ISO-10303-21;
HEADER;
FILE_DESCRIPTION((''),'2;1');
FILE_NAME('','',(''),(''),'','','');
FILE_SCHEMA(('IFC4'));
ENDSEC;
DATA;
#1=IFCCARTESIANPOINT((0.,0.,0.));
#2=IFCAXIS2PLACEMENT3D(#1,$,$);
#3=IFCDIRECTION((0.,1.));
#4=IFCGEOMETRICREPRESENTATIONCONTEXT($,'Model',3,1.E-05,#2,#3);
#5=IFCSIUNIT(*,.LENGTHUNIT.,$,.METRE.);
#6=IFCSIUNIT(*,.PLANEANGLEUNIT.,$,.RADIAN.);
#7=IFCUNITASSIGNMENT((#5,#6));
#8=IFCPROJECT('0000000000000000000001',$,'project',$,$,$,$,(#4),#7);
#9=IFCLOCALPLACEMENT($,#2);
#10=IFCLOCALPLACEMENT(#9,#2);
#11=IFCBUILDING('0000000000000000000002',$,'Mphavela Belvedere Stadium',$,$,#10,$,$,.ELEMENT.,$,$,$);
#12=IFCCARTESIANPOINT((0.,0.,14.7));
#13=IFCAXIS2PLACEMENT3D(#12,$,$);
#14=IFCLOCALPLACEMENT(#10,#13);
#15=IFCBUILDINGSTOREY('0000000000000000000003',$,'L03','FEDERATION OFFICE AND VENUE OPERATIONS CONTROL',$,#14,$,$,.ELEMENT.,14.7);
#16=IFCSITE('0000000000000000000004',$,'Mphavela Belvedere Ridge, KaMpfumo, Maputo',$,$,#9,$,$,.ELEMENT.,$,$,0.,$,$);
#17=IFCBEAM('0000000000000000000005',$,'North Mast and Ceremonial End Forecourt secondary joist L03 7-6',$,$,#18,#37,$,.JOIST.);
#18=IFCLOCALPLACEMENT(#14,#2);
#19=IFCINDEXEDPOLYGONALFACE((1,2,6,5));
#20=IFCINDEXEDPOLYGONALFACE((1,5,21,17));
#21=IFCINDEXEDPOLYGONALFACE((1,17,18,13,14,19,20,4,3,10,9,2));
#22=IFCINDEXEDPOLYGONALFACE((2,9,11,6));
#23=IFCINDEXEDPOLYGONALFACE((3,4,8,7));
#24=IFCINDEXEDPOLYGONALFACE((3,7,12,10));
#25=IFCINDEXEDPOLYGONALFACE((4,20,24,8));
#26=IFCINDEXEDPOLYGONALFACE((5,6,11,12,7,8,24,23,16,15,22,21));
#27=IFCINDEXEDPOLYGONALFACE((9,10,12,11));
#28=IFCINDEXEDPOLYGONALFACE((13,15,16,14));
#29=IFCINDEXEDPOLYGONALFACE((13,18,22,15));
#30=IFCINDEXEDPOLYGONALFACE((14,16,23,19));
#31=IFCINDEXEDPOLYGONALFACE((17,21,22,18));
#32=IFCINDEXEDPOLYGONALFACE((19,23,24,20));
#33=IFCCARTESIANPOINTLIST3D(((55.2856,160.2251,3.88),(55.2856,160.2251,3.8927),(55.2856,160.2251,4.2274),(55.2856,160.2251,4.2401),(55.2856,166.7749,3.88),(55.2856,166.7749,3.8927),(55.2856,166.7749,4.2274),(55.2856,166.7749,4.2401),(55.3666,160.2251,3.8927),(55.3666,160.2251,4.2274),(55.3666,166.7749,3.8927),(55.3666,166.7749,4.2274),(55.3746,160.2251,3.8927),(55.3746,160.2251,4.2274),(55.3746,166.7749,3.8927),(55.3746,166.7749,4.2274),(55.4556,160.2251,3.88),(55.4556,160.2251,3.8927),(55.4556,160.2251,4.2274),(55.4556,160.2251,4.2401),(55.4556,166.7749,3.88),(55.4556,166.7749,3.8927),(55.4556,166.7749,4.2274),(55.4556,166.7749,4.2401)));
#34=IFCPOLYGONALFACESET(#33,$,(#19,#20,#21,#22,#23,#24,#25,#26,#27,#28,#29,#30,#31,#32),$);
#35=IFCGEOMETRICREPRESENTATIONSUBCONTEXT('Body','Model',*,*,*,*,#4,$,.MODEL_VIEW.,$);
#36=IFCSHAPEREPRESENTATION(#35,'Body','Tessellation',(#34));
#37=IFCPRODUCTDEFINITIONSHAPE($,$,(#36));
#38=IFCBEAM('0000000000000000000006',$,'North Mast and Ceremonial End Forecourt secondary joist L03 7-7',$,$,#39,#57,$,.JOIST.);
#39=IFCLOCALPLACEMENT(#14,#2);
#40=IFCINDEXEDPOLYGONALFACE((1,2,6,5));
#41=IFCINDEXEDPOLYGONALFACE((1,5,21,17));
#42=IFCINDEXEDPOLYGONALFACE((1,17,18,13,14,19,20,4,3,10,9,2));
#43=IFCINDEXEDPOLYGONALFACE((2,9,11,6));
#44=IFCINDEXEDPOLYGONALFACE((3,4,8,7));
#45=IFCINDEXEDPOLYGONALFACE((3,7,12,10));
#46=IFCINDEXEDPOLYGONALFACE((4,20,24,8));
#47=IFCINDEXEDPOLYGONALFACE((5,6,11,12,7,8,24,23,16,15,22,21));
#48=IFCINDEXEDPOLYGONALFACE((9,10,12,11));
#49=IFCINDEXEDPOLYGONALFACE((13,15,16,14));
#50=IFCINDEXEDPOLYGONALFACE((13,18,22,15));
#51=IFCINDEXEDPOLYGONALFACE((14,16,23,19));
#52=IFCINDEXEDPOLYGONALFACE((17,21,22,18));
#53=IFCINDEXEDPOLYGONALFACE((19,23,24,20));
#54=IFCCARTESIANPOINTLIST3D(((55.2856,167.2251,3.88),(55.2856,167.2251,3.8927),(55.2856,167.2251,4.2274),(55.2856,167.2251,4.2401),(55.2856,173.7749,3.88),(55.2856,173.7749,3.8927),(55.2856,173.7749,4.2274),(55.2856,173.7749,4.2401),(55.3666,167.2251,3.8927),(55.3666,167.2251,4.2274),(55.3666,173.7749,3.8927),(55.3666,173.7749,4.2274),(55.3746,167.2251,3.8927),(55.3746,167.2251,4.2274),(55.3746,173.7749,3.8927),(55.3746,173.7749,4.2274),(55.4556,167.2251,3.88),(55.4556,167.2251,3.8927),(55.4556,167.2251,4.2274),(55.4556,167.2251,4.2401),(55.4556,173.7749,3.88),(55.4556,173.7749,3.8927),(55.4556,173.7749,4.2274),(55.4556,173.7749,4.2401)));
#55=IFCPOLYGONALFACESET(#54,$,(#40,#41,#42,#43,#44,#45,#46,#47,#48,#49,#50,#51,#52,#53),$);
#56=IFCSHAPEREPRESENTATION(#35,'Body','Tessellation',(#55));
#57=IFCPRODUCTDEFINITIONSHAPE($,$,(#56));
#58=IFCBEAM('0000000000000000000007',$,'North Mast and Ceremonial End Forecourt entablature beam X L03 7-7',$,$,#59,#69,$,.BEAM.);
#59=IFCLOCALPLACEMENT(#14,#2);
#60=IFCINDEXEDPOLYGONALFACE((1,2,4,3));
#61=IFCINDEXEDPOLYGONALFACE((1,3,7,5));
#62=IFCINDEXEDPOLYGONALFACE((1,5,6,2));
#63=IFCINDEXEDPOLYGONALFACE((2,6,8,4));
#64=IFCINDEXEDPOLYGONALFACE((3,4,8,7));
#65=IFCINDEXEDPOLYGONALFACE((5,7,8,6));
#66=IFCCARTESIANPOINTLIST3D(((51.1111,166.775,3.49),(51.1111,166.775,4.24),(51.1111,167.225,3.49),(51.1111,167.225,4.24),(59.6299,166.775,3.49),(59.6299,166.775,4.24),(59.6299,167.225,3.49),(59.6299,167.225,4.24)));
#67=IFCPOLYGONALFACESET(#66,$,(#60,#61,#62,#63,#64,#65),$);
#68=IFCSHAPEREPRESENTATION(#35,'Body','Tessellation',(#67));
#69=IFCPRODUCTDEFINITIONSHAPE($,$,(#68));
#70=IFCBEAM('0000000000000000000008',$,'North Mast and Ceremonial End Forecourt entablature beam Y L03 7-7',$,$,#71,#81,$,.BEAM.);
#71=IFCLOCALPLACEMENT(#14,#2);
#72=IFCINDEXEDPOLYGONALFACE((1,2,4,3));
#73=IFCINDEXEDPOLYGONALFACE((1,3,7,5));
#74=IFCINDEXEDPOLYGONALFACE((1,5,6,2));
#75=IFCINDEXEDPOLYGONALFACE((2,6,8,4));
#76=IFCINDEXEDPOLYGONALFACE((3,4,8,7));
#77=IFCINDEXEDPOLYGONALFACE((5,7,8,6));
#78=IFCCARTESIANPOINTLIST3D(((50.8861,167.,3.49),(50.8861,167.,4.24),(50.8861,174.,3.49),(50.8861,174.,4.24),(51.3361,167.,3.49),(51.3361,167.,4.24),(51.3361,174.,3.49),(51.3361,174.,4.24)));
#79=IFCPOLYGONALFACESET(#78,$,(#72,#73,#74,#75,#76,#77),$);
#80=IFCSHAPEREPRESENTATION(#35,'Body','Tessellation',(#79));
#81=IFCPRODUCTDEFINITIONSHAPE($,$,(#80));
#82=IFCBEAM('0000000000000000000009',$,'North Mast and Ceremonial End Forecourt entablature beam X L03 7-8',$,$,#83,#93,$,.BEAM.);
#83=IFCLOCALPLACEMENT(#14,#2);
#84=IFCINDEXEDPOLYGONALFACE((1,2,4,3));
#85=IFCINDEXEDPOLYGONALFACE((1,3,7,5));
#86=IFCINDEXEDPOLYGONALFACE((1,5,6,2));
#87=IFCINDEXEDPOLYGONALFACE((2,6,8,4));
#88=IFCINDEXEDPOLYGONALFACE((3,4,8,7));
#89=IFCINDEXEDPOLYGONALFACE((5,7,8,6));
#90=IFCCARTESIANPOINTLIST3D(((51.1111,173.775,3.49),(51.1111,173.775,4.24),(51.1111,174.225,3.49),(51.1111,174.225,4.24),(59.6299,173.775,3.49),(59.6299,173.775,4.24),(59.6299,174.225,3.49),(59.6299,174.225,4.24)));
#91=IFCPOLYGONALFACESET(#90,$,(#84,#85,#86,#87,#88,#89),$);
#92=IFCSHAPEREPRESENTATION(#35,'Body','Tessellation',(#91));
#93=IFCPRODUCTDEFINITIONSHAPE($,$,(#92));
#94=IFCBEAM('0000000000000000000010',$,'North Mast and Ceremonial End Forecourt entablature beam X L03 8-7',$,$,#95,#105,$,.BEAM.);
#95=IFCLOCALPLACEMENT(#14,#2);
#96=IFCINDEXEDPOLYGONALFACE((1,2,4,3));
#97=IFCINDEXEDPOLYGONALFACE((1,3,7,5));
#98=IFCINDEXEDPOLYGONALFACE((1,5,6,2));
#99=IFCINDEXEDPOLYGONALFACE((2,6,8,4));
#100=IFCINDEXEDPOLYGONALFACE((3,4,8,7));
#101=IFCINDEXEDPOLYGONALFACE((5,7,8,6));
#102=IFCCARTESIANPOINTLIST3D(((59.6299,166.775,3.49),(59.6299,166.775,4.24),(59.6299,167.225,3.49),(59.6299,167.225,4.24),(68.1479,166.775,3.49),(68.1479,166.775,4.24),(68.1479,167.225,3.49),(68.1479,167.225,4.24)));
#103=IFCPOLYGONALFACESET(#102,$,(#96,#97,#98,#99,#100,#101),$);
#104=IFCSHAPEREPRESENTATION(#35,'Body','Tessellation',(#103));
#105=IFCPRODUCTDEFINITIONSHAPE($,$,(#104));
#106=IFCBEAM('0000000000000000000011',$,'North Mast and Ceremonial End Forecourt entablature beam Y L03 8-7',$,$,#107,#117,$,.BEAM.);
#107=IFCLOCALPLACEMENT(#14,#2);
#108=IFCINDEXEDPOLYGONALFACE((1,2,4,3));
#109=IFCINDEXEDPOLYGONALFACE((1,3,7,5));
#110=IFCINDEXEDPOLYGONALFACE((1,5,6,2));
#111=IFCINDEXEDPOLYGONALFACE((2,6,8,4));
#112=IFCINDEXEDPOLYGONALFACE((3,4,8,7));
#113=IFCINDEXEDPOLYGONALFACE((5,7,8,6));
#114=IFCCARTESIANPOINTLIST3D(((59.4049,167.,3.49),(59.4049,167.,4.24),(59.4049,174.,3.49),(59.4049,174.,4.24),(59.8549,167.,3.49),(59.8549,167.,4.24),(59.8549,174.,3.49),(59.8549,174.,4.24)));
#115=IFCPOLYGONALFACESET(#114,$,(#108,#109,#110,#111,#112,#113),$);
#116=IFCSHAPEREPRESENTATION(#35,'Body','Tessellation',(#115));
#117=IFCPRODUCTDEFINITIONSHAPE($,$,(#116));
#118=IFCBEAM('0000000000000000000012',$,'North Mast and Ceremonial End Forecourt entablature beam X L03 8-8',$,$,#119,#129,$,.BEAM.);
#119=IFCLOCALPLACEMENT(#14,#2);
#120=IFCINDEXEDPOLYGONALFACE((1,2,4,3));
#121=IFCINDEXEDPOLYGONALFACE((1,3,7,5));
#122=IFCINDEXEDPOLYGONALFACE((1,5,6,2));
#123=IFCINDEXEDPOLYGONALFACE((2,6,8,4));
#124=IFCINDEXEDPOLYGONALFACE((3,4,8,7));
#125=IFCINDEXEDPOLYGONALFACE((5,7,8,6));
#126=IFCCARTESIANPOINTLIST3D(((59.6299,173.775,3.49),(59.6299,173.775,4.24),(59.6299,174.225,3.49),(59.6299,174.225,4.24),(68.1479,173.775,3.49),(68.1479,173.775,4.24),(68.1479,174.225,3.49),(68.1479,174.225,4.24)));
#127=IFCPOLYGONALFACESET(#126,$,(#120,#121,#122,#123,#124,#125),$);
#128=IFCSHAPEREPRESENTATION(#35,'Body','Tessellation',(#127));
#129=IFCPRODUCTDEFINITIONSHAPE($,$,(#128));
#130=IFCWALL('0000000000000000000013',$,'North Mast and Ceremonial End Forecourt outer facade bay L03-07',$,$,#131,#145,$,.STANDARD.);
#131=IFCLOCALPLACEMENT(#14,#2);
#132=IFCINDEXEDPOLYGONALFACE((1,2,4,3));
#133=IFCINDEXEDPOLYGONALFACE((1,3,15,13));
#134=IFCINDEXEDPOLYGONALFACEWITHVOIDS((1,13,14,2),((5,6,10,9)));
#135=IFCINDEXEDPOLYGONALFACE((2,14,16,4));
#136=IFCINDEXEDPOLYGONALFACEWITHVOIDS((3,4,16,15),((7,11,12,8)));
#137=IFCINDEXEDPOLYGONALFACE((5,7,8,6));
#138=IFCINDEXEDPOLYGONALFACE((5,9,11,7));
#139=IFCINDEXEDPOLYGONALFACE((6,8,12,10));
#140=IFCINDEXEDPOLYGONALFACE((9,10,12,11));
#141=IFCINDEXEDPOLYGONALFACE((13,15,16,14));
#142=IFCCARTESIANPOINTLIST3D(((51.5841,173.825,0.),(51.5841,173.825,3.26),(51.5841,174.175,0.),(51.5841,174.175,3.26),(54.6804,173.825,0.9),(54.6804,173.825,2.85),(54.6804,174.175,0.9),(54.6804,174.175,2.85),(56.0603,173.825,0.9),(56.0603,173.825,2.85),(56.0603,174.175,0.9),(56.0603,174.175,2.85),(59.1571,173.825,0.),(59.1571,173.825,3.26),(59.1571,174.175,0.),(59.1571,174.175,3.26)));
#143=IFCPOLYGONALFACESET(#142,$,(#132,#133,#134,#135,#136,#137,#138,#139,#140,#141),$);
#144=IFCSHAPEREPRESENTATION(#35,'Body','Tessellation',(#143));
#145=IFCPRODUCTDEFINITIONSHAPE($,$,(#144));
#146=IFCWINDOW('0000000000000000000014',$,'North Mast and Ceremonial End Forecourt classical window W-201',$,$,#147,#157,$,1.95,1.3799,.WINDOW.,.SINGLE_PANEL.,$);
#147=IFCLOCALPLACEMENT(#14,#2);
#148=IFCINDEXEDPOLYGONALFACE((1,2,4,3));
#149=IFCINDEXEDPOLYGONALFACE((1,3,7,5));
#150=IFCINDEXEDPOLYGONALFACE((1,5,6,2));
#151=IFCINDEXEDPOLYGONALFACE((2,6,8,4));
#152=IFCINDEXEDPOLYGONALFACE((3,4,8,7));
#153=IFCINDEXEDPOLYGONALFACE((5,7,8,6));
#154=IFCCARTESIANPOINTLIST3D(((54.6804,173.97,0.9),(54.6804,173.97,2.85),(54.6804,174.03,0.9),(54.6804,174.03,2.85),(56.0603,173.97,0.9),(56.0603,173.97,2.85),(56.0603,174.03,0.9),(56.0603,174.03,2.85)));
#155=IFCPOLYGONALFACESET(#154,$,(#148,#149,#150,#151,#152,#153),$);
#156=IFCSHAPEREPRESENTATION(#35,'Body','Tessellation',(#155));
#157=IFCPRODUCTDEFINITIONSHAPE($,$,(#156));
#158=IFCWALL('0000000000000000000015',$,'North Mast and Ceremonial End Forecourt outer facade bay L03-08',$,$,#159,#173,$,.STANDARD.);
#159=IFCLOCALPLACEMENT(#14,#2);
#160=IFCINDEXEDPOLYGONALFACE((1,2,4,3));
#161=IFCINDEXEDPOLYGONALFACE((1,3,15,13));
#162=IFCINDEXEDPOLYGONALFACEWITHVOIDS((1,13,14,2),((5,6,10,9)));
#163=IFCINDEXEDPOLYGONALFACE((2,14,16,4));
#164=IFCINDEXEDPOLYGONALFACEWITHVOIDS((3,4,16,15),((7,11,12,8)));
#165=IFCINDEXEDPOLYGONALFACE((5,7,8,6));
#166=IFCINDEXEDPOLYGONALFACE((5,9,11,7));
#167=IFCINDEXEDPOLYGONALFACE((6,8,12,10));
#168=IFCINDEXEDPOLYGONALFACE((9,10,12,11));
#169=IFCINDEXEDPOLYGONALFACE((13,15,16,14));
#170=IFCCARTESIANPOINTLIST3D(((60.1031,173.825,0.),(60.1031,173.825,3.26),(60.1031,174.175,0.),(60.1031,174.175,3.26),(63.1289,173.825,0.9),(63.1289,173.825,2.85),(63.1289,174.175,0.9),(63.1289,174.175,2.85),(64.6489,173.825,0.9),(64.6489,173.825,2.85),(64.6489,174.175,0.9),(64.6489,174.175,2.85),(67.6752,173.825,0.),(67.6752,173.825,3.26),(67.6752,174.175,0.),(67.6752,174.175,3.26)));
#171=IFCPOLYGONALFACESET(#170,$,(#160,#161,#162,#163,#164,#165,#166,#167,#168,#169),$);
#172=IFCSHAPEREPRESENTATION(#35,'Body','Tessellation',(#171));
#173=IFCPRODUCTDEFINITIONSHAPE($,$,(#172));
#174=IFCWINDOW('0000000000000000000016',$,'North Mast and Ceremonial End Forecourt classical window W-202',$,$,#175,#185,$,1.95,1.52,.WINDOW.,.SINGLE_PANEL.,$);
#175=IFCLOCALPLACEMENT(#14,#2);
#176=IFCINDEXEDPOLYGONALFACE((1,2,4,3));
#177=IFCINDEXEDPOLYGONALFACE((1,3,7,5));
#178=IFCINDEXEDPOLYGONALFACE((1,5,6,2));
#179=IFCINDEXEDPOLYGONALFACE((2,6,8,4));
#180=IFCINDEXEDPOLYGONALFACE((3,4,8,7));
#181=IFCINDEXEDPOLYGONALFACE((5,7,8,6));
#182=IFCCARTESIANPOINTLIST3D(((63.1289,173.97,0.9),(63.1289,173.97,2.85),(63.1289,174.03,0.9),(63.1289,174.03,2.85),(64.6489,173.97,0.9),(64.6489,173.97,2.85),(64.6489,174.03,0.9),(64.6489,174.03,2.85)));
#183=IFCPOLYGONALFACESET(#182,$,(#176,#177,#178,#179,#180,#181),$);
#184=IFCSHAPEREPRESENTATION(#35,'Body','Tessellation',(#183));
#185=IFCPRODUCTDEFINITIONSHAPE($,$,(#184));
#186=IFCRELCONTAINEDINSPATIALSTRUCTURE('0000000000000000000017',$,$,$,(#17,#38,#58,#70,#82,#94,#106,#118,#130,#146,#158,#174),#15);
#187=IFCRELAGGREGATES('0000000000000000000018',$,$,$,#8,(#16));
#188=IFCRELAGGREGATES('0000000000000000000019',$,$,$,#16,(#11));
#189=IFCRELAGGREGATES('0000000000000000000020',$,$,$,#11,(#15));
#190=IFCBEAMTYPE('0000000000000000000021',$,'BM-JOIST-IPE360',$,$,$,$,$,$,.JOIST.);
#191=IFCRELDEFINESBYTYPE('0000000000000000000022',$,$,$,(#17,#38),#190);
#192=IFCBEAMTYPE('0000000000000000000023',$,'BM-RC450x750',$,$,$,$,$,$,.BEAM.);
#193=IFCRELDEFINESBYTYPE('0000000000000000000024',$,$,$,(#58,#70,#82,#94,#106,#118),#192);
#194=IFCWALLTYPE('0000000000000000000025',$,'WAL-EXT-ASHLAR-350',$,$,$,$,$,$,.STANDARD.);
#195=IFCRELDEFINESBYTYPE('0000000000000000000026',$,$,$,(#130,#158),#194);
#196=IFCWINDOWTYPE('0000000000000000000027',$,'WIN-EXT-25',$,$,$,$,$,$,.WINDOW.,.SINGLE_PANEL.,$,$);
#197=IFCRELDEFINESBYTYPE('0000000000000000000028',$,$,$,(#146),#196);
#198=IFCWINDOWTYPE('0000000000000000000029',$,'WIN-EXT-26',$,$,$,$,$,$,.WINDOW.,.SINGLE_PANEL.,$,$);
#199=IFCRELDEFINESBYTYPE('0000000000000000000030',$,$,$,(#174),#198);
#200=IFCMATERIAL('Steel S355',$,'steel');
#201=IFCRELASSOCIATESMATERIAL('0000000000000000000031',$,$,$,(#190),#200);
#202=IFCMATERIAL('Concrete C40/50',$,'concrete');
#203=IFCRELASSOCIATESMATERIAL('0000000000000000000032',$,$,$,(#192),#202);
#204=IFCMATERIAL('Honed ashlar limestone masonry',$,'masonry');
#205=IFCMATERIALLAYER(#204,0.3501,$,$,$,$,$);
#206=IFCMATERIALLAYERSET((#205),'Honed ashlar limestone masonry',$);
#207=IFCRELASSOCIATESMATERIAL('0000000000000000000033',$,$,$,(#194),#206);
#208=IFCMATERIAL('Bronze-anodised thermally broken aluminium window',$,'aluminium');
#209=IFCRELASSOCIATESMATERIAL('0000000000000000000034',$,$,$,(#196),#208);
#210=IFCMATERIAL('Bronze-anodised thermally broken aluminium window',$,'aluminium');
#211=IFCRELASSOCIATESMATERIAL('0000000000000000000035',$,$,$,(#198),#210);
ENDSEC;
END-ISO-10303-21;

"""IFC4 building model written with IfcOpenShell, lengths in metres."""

from ifc_helpers import new_model, si_unit, direction, frame, frame_2d, origin, origin_2d, place, context, subcontext, project, spatial, rectangle, i_section, extrude, material, layer, layer_set, material_profile, profile_set, type_object, element, fill, save


model = new_model("IFC4")

# Units and contexts
model_context = context("Model", 3, precision=1e-05, world=origin(), true_north=direction((0.0, 1.0)))
body_context = subcontext(model_context, "Body", "Model", "MODEL_VIEW")
ifc_project = project(units=[si_unit("LENGTHUNIT", "METRE"), si_unit("PLANEANGLEUNIT", "RADIAN")], contexts=[model_context])

# Site, building, storey
site_placement = place(None, origin())
site = spatial("IfcSite", under=ifc_project, at=site_placement, Name="Mphavela Belvedere Ridge, KaMpfumo, Maputo", CompositionType="ELEMENT", RefElevation=0.0)
building_placement = place(site_placement, origin())
building = spatial("IfcBuilding", under=site, at=building_placement, Name="Mphavela Belvedere Stadium", CompositionType="ELEMENT")
storey_placement = place(building_placement, frame((0.0, 0.0, 14.7)))
storey = spatial("IfcBuildingStorey", under=building, at=storey_placement, Name="L03", Description="FEDERATION OFFICE AND VENUE OPERATIONS CONTROL", CompositionType="ELEMENT", Elevation=14.7)

# Beams
ifc_material_1 = material(Name="Steel S355", Category="steel")
ifc_material_profile_1 = material_profile(ifc_material_1, i_section(OverallWidth=0.1699, OverallDepth=0.3601, WebThickness=0.0081, FlangeThickness=0.0127, at=origin_2d()), Name="IPE 360")
ifc_profile_set_1 = profile_set([ifc_material_profile_1], Name="Steel S355")
beam_type_1 = type_object("IfcBeamType", Name="BM-JOIST-IPE360", PredefinedType="JOIST", material=ifc_profile_set_1)
for number, where, z_axis, x_axis, name in (
    (1, (55.3706, 160.2251, 4.0601), (0.0, 1.0, 0.0), (-1.0, 0.0, 0.0), "North Mast and Ceremonial End Forecourt secondary joist L03 7-6"),
    (2, (55.3706, 167.2251, 4.0601), (0.0, 1.0, 0.0), (-1.0, 0.0, 0.0), "North Mast and Ceremonial End Forecourt secondary joist L03 7-7"),
):
    element("IfcBeam", number, at=place(storey_placement, frame(where, z_axis=z_axis, x_axis=x_axis)), inside=storey, type_object=beam_type_1, Name=name, PredefinedType="JOIST", context=body_context, shape_type="SweptSolid", body=[
        extrude(i_section(OverallWidth=0.1699, OverallDepth=0.3601, WebThickness=0.0081, FlangeThickness=0.0127, at=origin_2d()), origin(), (0.0, 0.0, 1.0), 6.5498),
    ])
ifc_material_2 = material(Name="Concrete C40/50", Category="concrete")
ifc_material_profile_2 = material_profile(ifc_material_2, rectangle(XDim=0.45, YDim=0.75, at=origin_2d()), Name="RC 450x750")
ifc_profile_set_2 = profile_set([ifc_material_profile_2], Name="Concrete C40/50")
beam_type_2 = type_object("IfcBeamType", Name="BM-RC450x750", PredefinedType="BEAM", material=ifc_profile_set_2)
beam_1_placement = place(storey_placement, frame((51.1111, 167.0, 3.865), z_axis=(1.0, 0.0, 0.0), x_axis=(0.0, 1.0, 0.0)))
element("IfcBeam", 3, at=beam_1_placement, inside=storey, type_object=beam_type_2, Name="North Mast and Ceremonial End Forecourt entablature beam X L03 7-7", PredefinedType="BEAM", context=body_context, shape_type="SweptSolid", body=[
    extrude(rectangle(XDim=0.45, YDim=0.75, at=origin_2d()), origin(), (0.0, 0.0, 1.0), 8.5188),
])
beam_2_placement = place(storey_placement, frame((51.1111, 167.0, 3.865), z_axis=(0.0, 1.0, 0.0), x_axis=(-1.0, 0.0, 0.0)))
element("IfcBeam", 4, at=beam_2_placement, inside=storey, type_object=beam_type_2, Name="North Mast and Ceremonial End Forecourt entablature beam Y L03 7-7", PredefinedType="BEAM", context=body_context, shape_type="SweptSolid", body=[
    extrude(rectangle(XDim=0.45, YDim=0.75, at=origin_2d()), origin(), (0.0, 0.0, 1.0), 7.0),
])
beam_3_placement = place(storey_placement, frame((51.1111, 174.0, 3.865), z_axis=(1.0, 0.0, 0.0), x_axis=(0.0, 1.0, 0.0)))
element("IfcBeam", 5, at=beam_3_placement, inside=storey, type_object=beam_type_2, Name="North Mast and Ceremonial End Forecourt entablature beam X L03 7-8", PredefinedType="BEAM", context=body_context, shape_type="SweptSolid", body=[
    extrude(rectangle(XDim=0.45, YDim=0.75, at=origin_2d()), origin(), (0.0, 0.0, 1.0), 8.5188),
])
beam_4_placement = place(storey_placement, frame((59.6299, 167.0, 3.865), z_axis=(1.0, 0.0, 0.0), x_axis=(0.0, 1.0, 0.0)))
element("IfcBeam", 6, at=beam_4_placement, inside=storey, type_object=beam_type_2, Name="North Mast and Ceremonial End Forecourt entablature beam X L03 8-7", PredefinedType="BEAM", context=body_context, shape_type="SweptSolid", body=[
    extrude(rectangle(XDim=0.45, YDim=0.75, at=origin_2d()), origin(), (0.0, 0.0, 1.0), 8.5181),
])
beam_5_placement = place(storey_placement, frame((59.6299, 167.0, 3.865), z_axis=(0.0, 1.0, 0.0), x_axis=(-1.0, 0.0, 0.0)))
element("IfcBeam", 7, at=beam_5_placement, inside=storey, type_object=beam_type_2, Name="North Mast and Ceremonial End Forecourt entablature beam Y L03 8-7", PredefinedType="BEAM", context=body_context, shape_type="SweptSolid", body=[
    extrude(rectangle(XDim=0.45, YDim=0.75, at=origin_2d()), origin(), (0.0, 0.0, 1.0), 7.0),
])
beam_6_placement = place(storey_placement, frame((59.6299, 174.0, 3.865), z_axis=(1.0, 0.0, 0.0), x_axis=(0.0, 1.0, 0.0)))
element("IfcBeam", 8, at=beam_6_placement, inside=storey, type_object=beam_type_2, Name="North Mast and Ceremonial End Forecourt entablature beam X L03 8-8", PredefinedType="BEAM", context=body_context, shape_type="SweptSolid", body=[
    extrude(rectangle(XDim=0.45, YDim=0.75, at=origin_2d()), origin(), (0.0, 0.0, 1.0), 8.5181),
])

# Walls, openings, windows
ifc_material_3 = material(Name="Honed ashlar limestone masonry", Category="masonry")
ifc_layer_1 = layer(ifc_material_3, 0.3501)
ifc_layer_set_1 = layer_set([ifc_layer_1], Name="Honed ashlar limestone masonry")
wall_type_1 = type_object("IfcWallType", Name="WAL-EXT-ASHLAR-350", PredefinedType="STANDARD", material=ifc_layer_set_1)
wall_1_placement = place(storey_placement, frame((51.584, 174.0, 0.0), z_axis=(0.0, 0.0, 1.0), x_axis=(1.0, 0.0, 0.0)))
wall_1 = element("IfcWall", 9, at=wall_1_placement, inside=storey, type_object=wall_type_1, Name="North Mast and Ceremonial End Forecourt outer facade bay L03-07", PredefinedType="STANDARD", context=body_context, shape_type="SweptSolid", body=[
    extrude(rectangle(XDim=7.573, YDim=0.3501, at=frame_2d((3.7866, 0.0))), origin(), (0.0, 0.0, 1.0), 3.26),
])
opening_1_placement = place(wall_1_placement, frame((3.0964, 0.0, 0.8999)))
opening_1 = element("IfcOpeningElement", 10, at=opening_1_placement, cuts=wall_1, PredefinedType="OPENING", context=body_context, shape_type="SweptSolid", body=[
    extrude(rectangle(XDim=1.3799, YDim=1.95, at=frame_2d((0.6899, 0.9751))), frame((0.0, 0.1851, 0.0), z_axis=(0.0, -1.0, 0.0), x_axis=(1.0, 0.0, 0.0)), (0.0, 0.0, 1.0), 0.3701),
])
ifc_material_4 = material(Name="Bronze-anodised thermally broken aluminium window", Category="aluminium")
window_type_1 = type_object("IfcWindowType", Name="WIN-EXT-25", PartitioningType="SINGLE_PANEL", PredefinedType="WINDOW", material=ifc_material_4)
window_1_placement = place(opening_1_placement, origin())
window_1 = element("IfcWindow", 11, at=window_1_placement, inside=storey, type_object=window_type_1, Name="North Mast and Ceremonial End Forecourt classical window W-201", OverallHeight=1.95, OverallWidth=1.3799, PartitioningType="SINGLE_PANEL", PredefinedType="WINDOW", context=body_context, shape_type="SweptSolid", body=[
    extrude(rectangle(XDim=1.3799, YDim=1.95, at=frame_2d((0.6899, 0.9751))), frame((0.0, 0.03, 0.0), z_axis=(0.0, -1.0, 0.0), x_axis=(1.0, 0.0, 0.0)), (0.0, 0.0, 1.0), 0.0601),
])
fill(opening_1, window_1)
wall_2_placement = place(storey_placement, frame((60.103, 174.0, 0.0), z_axis=(0.0, 0.0, 1.0), x_axis=(1.0, 0.0, 0.0)))
wall_2 = element("IfcWall", 12, at=wall_2_placement, inside=storey, type_object=wall_type_1, Name="North Mast and Ceremonial End Forecourt outer facade bay L03-08", PredefinedType="STANDARD", context=body_context, shape_type="SweptSolid", body=[
    extrude(rectangle(XDim=7.572, YDim=0.3501, at=frame_2d((3.7861, 0.0))), origin(), (0.0, 0.0, 1.0), 3.26),
])
opening_2_placement = place(wall_2_placement, frame((3.0259, 0.0, 0.8999)))
opening_2 = element("IfcOpeningElement", 13, at=opening_2_placement, cuts=wall_2, PredefinedType="OPENING", context=body_context, shape_type="SweptSolid", body=[
    extrude(rectangle(XDim=1.52, YDim=1.95, at=frame_2d((0.76, 0.9751))), frame((0.0, 0.1851, 0.0), z_axis=(0.0, -1.0, 0.0), x_axis=(1.0, 0.0, 0.0)), (0.0, 0.0, 1.0), 0.3701),
])
ifc_material_5 = material(Name="Bronze-anodised thermally broken aluminium window", Category="aluminium")
window_type_2 = type_object("IfcWindowType", Name="WIN-EXT-26", PartitioningType="SINGLE_PANEL", PredefinedType="WINDOW", material=ifc_material_5)
window_2_placement = place(opening_2_placement, origin())
window_2 = element("IfcWindow", 14, at=window_2_placement, inside=storey, type_object=window_type_2, Name="North Mast and Ceremonial End Forecourt classical window W-202", OverallHeight=1.95, OverallWidth=1.52, PartitioningType="SINGLE_PANEL", PredefinedType="WINDOW", context=body_context, shape_type="SweptSolid", body=[
    extrude(rectangle(XDim=1.52, YDim=1.95, at=frame_2d((0.76, 0.9751))), frame((0.0, 0.03, 0.0), z_axis=(0.0, -1.0, 0.0), x_axis=(1.0, 0.0, 0.0)), (0.0, 0.0, 1.0), 0.0601),
])
fill(opening_2, window_2)

save(model, "model.ifc")
